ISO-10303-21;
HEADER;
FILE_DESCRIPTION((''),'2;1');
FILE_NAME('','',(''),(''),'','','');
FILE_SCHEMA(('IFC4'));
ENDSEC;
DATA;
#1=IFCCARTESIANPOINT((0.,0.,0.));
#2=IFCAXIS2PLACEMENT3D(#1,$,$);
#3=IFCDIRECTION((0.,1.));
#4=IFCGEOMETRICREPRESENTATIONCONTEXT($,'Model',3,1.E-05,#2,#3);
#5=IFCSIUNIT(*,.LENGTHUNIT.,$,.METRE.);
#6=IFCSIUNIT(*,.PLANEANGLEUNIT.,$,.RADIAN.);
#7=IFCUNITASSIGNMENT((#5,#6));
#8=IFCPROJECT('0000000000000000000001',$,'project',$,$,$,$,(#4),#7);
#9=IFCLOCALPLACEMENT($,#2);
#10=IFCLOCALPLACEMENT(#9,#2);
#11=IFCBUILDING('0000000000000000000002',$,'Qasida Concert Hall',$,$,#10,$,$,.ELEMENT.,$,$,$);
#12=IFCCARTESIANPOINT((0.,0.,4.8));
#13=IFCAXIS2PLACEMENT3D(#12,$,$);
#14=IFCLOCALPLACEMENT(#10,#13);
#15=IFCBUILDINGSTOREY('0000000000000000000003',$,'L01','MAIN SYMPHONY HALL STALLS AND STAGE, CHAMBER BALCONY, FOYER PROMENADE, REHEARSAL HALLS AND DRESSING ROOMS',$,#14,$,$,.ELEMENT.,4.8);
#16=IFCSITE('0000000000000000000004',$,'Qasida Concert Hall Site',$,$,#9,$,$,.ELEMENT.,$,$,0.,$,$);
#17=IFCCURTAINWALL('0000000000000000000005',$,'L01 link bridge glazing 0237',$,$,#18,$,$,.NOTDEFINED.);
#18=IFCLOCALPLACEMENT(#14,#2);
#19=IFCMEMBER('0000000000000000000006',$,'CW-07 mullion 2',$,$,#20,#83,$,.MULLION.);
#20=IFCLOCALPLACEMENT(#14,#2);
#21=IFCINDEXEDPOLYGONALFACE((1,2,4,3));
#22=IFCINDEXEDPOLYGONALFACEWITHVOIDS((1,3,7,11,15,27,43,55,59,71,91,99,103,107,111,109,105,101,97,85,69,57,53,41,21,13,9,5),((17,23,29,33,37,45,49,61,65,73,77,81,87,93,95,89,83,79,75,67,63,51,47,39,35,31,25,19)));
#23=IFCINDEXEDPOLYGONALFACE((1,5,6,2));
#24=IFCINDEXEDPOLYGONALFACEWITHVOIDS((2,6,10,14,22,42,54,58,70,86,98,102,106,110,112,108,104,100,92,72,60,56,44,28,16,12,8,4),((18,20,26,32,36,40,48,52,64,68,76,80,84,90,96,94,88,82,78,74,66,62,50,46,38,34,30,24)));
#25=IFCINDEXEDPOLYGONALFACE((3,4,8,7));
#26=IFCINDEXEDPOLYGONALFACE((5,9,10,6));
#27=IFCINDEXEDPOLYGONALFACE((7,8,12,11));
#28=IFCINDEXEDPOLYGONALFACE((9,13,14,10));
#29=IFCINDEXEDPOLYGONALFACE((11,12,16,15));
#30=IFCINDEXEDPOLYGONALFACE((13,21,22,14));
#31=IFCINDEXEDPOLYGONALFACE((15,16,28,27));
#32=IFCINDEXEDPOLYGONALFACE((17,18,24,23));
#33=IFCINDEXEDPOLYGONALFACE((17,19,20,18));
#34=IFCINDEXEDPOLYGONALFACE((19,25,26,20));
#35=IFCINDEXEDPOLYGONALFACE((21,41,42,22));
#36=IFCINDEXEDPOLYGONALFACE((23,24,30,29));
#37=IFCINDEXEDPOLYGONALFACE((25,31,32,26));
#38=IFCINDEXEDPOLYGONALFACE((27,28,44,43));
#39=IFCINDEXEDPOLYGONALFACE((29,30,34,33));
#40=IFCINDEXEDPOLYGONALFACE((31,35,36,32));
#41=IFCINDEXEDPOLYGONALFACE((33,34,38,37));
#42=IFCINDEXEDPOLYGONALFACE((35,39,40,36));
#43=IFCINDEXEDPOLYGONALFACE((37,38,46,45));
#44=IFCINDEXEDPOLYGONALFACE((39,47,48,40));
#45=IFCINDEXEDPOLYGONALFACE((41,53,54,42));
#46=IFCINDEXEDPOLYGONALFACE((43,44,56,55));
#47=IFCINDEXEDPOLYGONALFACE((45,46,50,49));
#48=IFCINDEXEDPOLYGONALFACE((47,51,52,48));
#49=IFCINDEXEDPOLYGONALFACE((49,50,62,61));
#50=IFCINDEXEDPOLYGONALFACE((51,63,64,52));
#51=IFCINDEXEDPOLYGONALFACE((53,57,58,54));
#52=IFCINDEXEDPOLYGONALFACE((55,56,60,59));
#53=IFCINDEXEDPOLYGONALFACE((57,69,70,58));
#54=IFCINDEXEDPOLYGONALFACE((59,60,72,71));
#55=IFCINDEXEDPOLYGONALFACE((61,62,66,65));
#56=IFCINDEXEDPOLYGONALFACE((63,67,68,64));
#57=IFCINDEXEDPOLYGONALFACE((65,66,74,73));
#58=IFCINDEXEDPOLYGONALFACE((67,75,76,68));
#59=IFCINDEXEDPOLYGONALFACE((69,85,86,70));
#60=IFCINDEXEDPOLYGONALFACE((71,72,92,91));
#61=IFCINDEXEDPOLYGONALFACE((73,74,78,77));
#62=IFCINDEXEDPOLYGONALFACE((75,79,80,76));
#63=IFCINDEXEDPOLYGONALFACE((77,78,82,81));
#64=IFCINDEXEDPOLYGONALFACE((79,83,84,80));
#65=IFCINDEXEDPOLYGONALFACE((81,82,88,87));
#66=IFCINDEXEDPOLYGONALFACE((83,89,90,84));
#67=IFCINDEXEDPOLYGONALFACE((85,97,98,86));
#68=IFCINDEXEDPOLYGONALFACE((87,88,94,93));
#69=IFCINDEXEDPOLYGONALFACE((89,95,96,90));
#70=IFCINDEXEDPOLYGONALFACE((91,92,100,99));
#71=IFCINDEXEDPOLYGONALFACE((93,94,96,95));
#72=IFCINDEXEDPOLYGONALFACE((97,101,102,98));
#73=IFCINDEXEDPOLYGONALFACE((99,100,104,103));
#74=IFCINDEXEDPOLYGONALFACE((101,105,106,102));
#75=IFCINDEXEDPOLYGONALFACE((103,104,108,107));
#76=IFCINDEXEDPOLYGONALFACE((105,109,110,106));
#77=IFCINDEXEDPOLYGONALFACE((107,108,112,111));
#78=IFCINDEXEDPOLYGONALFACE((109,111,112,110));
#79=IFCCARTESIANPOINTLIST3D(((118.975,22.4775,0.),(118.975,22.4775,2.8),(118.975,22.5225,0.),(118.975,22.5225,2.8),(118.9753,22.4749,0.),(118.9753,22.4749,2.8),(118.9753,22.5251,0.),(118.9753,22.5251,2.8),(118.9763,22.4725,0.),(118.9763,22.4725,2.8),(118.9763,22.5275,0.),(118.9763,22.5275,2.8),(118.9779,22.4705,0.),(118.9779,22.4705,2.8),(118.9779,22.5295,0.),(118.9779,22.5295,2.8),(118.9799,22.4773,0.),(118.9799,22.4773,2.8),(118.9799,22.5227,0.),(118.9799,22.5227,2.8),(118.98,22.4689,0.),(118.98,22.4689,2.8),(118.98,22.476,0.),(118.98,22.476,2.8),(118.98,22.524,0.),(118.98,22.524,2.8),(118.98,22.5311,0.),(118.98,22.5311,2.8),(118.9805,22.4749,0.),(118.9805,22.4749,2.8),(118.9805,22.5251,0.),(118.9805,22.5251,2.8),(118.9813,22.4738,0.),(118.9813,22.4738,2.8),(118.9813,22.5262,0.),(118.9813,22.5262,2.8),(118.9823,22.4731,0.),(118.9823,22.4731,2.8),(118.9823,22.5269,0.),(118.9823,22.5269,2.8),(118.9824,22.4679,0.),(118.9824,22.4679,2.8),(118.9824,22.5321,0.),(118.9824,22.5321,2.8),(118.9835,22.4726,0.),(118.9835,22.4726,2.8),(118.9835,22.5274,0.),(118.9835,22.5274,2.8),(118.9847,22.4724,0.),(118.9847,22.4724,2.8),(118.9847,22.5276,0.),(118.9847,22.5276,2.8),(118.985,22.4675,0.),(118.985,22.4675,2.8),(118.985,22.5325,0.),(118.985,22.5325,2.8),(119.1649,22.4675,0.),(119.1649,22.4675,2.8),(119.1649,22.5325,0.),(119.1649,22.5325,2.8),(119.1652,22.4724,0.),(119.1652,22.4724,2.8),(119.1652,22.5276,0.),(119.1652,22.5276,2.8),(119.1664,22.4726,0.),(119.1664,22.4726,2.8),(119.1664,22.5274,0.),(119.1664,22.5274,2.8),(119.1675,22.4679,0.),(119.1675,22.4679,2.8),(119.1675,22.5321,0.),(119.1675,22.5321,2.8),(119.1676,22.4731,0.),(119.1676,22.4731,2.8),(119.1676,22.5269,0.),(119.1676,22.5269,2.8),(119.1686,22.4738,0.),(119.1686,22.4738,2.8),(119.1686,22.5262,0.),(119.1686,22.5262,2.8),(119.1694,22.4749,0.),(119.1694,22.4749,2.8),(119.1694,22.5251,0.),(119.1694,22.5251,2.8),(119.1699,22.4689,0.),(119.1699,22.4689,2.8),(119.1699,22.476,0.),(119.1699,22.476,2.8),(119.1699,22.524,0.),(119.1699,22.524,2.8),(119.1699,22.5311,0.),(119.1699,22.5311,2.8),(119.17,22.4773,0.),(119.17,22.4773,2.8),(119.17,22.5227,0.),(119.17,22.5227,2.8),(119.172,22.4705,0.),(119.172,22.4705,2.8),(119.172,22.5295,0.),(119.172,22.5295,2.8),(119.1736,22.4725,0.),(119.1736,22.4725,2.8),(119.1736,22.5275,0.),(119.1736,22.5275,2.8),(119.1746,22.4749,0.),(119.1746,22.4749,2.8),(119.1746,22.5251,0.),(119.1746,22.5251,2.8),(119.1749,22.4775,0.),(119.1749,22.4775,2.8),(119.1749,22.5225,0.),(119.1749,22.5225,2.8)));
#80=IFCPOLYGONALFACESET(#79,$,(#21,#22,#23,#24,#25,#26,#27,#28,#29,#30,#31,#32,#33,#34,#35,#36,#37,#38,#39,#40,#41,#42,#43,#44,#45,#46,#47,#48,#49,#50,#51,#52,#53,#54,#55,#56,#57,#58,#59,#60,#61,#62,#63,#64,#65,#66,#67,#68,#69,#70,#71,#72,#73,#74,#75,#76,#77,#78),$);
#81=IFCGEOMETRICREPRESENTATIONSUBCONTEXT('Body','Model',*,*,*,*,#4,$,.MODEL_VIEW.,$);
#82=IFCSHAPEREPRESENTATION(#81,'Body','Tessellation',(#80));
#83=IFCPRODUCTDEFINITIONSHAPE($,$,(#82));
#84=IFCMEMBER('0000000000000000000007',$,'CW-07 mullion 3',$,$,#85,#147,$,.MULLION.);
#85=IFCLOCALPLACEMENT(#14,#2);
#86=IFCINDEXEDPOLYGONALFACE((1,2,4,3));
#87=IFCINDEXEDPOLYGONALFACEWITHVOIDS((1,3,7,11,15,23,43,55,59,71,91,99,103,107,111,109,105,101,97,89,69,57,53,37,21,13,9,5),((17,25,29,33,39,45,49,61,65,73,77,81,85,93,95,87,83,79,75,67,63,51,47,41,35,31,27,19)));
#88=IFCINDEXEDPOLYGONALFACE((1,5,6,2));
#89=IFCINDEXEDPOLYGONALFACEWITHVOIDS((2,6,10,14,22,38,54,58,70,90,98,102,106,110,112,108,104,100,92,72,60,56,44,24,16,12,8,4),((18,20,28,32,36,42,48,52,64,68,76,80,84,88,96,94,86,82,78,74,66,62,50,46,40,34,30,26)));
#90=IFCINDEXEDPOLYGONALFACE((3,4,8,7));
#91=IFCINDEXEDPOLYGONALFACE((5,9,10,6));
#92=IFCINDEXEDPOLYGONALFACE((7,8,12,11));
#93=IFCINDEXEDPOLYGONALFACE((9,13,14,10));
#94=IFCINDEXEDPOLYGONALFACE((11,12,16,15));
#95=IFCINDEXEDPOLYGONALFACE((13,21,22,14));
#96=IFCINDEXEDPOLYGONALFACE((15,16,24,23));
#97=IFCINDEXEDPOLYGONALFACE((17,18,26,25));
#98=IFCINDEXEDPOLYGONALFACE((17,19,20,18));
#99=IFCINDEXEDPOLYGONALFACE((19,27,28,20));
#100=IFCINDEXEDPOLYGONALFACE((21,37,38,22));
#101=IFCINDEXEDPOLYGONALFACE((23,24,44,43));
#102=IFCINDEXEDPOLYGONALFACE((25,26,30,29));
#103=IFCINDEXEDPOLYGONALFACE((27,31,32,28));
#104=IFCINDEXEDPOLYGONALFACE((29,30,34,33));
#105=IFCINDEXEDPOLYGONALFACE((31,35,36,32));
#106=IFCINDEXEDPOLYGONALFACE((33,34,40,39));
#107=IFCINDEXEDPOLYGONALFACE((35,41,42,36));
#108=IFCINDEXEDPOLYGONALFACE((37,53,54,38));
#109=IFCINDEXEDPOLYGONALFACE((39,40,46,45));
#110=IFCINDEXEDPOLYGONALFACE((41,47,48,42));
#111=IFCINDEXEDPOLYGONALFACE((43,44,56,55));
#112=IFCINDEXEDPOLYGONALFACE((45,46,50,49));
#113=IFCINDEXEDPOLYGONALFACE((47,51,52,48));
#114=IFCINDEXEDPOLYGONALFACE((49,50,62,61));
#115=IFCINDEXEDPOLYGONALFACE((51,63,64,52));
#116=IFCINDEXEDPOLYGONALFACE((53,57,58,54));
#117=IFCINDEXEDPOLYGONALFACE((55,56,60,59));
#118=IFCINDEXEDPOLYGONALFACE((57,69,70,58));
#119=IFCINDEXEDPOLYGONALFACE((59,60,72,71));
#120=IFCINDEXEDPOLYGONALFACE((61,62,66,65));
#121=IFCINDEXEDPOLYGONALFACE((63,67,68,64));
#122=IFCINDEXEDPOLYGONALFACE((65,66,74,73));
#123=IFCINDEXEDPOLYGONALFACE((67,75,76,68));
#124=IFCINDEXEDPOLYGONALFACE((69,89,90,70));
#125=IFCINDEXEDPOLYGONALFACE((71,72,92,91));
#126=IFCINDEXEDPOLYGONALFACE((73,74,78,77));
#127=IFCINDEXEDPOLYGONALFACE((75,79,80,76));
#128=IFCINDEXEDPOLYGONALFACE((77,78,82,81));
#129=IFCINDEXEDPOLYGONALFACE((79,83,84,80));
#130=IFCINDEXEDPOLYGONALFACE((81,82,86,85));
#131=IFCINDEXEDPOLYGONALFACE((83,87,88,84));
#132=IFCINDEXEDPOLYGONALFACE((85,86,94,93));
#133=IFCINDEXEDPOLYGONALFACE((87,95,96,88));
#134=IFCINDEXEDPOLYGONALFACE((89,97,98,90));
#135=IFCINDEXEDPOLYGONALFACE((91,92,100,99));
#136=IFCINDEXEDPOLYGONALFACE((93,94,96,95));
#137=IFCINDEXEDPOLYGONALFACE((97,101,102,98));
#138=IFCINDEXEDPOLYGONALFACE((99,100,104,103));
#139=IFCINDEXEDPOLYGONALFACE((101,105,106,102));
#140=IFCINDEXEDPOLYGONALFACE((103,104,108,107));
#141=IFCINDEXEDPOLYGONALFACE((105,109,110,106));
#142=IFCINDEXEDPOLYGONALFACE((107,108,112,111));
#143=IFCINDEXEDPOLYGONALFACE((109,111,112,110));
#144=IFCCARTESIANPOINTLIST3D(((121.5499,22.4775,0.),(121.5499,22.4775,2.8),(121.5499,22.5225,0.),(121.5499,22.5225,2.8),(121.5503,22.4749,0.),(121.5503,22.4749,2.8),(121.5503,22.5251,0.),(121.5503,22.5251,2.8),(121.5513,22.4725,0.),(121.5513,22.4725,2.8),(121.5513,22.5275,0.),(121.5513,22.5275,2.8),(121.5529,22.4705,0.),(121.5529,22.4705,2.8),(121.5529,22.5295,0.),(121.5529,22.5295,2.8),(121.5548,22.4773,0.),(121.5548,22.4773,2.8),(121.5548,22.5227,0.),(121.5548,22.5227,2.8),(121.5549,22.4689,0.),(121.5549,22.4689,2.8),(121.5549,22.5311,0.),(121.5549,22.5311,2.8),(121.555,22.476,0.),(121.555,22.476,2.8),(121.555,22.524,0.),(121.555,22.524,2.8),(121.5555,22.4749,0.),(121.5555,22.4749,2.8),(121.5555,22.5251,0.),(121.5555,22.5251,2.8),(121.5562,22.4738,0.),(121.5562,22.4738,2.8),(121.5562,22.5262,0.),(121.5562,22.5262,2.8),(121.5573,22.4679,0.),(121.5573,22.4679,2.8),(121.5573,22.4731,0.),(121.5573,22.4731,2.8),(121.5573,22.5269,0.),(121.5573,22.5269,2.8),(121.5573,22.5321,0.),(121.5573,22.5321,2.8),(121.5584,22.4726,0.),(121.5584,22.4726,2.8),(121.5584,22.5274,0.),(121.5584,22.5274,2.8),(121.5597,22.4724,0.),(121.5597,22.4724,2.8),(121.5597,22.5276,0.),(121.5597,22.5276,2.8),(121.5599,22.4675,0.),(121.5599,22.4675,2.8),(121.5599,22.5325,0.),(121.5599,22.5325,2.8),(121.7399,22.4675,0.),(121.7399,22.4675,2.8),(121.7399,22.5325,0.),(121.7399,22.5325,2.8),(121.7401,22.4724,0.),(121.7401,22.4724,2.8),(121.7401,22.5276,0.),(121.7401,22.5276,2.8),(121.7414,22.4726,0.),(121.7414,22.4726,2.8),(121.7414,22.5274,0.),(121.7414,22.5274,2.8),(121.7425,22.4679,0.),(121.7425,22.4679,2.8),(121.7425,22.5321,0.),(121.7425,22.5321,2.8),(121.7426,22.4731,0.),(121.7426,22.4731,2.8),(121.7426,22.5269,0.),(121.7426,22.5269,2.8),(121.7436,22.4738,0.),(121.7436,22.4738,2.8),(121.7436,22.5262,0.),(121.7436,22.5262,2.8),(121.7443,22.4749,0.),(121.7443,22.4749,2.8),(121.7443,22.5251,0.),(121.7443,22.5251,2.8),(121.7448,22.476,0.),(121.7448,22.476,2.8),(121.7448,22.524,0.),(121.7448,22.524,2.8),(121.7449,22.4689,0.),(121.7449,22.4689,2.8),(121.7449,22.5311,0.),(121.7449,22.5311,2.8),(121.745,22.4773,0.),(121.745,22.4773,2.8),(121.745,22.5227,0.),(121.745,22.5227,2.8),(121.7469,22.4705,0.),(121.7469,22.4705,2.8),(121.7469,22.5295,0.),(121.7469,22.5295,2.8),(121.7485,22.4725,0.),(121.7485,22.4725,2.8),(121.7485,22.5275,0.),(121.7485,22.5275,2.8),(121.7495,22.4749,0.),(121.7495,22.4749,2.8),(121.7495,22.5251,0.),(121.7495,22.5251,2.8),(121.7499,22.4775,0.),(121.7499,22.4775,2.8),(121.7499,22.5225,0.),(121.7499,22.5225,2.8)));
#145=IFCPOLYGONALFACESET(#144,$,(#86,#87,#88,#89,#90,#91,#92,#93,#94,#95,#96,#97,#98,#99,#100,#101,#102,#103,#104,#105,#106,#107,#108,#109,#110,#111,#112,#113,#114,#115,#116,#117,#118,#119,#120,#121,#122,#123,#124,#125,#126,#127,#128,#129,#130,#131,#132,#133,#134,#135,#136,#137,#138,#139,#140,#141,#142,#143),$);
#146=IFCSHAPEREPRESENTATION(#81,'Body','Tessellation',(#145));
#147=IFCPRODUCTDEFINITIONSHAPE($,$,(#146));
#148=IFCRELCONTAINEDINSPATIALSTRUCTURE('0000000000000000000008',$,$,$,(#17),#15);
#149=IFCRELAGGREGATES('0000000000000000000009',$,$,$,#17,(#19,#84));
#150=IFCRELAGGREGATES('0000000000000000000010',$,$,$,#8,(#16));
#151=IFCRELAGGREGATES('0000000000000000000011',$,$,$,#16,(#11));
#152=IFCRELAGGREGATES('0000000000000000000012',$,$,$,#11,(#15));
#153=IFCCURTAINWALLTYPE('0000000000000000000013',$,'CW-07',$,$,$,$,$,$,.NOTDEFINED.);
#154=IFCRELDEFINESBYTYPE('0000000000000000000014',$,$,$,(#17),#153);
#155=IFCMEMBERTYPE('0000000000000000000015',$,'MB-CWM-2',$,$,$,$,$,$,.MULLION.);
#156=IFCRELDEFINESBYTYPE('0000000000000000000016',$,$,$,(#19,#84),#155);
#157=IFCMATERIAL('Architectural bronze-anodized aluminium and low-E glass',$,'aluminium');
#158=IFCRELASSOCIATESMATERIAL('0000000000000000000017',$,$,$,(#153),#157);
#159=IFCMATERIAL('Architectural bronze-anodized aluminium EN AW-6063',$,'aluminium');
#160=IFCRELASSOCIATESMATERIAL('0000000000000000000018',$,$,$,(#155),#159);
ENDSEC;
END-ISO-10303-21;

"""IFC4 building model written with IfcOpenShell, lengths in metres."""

from ifc_helpers import new_model, si_unit, direction, frame, origin, origin_2d, place, context, subcontext, project, spatial, hollow_rectangle, extrude, material, material_profile, profile_set, type_object, element, aggregate, save


model = new_model("IFC4")

# Units and contexts
model_context = context("Model", 3, precision=1e-05, world=origin(), true_north=direction((0.0, 1.0)))
body_context = subcontext(model_context, "Body", "Model", "MODEL_VIEW")
ifc_project = project(units=[si_unit("LENGTHUNIT", "METRE"), si_unit("PLANEANGLEUNIT", "RADIAN")], contexts=[model_context])

# Site, building, storey
site_placement = place(None, origin())
site = spatial("IfcSite", under=ifc_project, at=site_placement, Name="Qasida Concert Hall Site", CompositionType="ELEMENT", RefElevation=0.0)
building_placement = place(site_placement, origin())
building = spatial("IfcBuilding", under=site, at=building_placement, Name="Qasida Concert Hall", CompositionType="ELEMENT")
storey_placement = place(building_placement, frame((0.0, 0.0, 4.8)))
storey = spatial("IfcBuildingStorey", under=building, at=storey_placement, Name="L01", Description="MAIN SYMPHONY HALL STALLS AND STAGE, CHAMBER BALCONY, FOYER PROMENADE, REHEARSAL HALLS AND DRESSING ROOMS", CompositionType="ELEMENT", Elevation=4.8)

# Curtain wall, members
ifc_material_1 = material(Name="Architectural bronze-anodized aluminium and low-E glass", Category="aluminium")
curtain_wall_type = type_object("IfcCurtainWallType", Name="CW-07", PredefinedType="NOTDEFINED", material=ifc_material_1)
ifc_material_2 = material(Name="Architectural bronze-anodized aluminium EN AW-6063", Category="aluminium")
ifc_material_profile_1 = material_profile(ifc_material_2, hollow_rectangle(XDim=0.0649, YDim=0.2, WallThickness=0.0049, InnerFilletRadius=0.0049, OuterFilletRadius=0.01, at=origin_2d()), Name="CWM 200x65x5")
ifc_profile_set_1 = profile_set([ifc_material_profile_1], Name="Architectural bronze-anodized aluminium EN AW-6063")
member_type_1 = type_object("IfcMemberType", Name="MB-CWM-2", PredefinedType="MULLION", material=ifc_profile_set_1)
curtain_wall_1_placement = place(storey_placement, origin())
curtain_wall_1 = element("IfcCurtainWall", 1, at=curtain_wall_1_placement, inside=storey, type_object=curtain_wall_type, Name="L01 link bridge glazing 0237", PredefinedType="NOTDEFINED")
member_1_placement = place(storey_placement, frame((119.075, 22.5, 0.0), z_axis=(0.0, 0.0, 1.0), x_axis=(0.0, 1.0, 0.0)))
member_1 = element("IfcMember", 2, at=member_1_placement, type_object=member_type_1, Name="CW-07 mullion 2", PredefinedType="MULLION", context=body_context, shape_type="SweptSolid", body=[
    extrude(hollow_rectangle(XDim=0.0649, YDim=0.2, WallThickness=0.0049, InnerFilletRadius=0.0049, OuterFilletRadius=0.01, at=origin_2d()), origin(), (0.0, 0.0, 1.0), 2.8),
])
member_2_placement = place(storey_placement, frame((121.6499, 22.5, 0.0), z_axis=(0.0, 0.0, 1.0), x_axis=(0.0, 1.0, 0.0)))
member_2 = element("IfcMember", 3, at=member_2_placement, type_object=member_type_1, Name="CW-07 mullion 3", PredefinedType="MULLION", context=body_context, shape_type="SweptSolid", body=[
    extrude(hollow_rectangle(XDim=0.0649, YDim=0.2, WallThickness=0.0049, InnerFilletRadius=0.0049, OuterFilletRadius=0.01, at=origin_2d()), origin(), (0.0, 0.0, 1.0), 2.8),
])

aggregate(curtain_wall_1, [member_1, member_2])

save(model, "model.ifc")
